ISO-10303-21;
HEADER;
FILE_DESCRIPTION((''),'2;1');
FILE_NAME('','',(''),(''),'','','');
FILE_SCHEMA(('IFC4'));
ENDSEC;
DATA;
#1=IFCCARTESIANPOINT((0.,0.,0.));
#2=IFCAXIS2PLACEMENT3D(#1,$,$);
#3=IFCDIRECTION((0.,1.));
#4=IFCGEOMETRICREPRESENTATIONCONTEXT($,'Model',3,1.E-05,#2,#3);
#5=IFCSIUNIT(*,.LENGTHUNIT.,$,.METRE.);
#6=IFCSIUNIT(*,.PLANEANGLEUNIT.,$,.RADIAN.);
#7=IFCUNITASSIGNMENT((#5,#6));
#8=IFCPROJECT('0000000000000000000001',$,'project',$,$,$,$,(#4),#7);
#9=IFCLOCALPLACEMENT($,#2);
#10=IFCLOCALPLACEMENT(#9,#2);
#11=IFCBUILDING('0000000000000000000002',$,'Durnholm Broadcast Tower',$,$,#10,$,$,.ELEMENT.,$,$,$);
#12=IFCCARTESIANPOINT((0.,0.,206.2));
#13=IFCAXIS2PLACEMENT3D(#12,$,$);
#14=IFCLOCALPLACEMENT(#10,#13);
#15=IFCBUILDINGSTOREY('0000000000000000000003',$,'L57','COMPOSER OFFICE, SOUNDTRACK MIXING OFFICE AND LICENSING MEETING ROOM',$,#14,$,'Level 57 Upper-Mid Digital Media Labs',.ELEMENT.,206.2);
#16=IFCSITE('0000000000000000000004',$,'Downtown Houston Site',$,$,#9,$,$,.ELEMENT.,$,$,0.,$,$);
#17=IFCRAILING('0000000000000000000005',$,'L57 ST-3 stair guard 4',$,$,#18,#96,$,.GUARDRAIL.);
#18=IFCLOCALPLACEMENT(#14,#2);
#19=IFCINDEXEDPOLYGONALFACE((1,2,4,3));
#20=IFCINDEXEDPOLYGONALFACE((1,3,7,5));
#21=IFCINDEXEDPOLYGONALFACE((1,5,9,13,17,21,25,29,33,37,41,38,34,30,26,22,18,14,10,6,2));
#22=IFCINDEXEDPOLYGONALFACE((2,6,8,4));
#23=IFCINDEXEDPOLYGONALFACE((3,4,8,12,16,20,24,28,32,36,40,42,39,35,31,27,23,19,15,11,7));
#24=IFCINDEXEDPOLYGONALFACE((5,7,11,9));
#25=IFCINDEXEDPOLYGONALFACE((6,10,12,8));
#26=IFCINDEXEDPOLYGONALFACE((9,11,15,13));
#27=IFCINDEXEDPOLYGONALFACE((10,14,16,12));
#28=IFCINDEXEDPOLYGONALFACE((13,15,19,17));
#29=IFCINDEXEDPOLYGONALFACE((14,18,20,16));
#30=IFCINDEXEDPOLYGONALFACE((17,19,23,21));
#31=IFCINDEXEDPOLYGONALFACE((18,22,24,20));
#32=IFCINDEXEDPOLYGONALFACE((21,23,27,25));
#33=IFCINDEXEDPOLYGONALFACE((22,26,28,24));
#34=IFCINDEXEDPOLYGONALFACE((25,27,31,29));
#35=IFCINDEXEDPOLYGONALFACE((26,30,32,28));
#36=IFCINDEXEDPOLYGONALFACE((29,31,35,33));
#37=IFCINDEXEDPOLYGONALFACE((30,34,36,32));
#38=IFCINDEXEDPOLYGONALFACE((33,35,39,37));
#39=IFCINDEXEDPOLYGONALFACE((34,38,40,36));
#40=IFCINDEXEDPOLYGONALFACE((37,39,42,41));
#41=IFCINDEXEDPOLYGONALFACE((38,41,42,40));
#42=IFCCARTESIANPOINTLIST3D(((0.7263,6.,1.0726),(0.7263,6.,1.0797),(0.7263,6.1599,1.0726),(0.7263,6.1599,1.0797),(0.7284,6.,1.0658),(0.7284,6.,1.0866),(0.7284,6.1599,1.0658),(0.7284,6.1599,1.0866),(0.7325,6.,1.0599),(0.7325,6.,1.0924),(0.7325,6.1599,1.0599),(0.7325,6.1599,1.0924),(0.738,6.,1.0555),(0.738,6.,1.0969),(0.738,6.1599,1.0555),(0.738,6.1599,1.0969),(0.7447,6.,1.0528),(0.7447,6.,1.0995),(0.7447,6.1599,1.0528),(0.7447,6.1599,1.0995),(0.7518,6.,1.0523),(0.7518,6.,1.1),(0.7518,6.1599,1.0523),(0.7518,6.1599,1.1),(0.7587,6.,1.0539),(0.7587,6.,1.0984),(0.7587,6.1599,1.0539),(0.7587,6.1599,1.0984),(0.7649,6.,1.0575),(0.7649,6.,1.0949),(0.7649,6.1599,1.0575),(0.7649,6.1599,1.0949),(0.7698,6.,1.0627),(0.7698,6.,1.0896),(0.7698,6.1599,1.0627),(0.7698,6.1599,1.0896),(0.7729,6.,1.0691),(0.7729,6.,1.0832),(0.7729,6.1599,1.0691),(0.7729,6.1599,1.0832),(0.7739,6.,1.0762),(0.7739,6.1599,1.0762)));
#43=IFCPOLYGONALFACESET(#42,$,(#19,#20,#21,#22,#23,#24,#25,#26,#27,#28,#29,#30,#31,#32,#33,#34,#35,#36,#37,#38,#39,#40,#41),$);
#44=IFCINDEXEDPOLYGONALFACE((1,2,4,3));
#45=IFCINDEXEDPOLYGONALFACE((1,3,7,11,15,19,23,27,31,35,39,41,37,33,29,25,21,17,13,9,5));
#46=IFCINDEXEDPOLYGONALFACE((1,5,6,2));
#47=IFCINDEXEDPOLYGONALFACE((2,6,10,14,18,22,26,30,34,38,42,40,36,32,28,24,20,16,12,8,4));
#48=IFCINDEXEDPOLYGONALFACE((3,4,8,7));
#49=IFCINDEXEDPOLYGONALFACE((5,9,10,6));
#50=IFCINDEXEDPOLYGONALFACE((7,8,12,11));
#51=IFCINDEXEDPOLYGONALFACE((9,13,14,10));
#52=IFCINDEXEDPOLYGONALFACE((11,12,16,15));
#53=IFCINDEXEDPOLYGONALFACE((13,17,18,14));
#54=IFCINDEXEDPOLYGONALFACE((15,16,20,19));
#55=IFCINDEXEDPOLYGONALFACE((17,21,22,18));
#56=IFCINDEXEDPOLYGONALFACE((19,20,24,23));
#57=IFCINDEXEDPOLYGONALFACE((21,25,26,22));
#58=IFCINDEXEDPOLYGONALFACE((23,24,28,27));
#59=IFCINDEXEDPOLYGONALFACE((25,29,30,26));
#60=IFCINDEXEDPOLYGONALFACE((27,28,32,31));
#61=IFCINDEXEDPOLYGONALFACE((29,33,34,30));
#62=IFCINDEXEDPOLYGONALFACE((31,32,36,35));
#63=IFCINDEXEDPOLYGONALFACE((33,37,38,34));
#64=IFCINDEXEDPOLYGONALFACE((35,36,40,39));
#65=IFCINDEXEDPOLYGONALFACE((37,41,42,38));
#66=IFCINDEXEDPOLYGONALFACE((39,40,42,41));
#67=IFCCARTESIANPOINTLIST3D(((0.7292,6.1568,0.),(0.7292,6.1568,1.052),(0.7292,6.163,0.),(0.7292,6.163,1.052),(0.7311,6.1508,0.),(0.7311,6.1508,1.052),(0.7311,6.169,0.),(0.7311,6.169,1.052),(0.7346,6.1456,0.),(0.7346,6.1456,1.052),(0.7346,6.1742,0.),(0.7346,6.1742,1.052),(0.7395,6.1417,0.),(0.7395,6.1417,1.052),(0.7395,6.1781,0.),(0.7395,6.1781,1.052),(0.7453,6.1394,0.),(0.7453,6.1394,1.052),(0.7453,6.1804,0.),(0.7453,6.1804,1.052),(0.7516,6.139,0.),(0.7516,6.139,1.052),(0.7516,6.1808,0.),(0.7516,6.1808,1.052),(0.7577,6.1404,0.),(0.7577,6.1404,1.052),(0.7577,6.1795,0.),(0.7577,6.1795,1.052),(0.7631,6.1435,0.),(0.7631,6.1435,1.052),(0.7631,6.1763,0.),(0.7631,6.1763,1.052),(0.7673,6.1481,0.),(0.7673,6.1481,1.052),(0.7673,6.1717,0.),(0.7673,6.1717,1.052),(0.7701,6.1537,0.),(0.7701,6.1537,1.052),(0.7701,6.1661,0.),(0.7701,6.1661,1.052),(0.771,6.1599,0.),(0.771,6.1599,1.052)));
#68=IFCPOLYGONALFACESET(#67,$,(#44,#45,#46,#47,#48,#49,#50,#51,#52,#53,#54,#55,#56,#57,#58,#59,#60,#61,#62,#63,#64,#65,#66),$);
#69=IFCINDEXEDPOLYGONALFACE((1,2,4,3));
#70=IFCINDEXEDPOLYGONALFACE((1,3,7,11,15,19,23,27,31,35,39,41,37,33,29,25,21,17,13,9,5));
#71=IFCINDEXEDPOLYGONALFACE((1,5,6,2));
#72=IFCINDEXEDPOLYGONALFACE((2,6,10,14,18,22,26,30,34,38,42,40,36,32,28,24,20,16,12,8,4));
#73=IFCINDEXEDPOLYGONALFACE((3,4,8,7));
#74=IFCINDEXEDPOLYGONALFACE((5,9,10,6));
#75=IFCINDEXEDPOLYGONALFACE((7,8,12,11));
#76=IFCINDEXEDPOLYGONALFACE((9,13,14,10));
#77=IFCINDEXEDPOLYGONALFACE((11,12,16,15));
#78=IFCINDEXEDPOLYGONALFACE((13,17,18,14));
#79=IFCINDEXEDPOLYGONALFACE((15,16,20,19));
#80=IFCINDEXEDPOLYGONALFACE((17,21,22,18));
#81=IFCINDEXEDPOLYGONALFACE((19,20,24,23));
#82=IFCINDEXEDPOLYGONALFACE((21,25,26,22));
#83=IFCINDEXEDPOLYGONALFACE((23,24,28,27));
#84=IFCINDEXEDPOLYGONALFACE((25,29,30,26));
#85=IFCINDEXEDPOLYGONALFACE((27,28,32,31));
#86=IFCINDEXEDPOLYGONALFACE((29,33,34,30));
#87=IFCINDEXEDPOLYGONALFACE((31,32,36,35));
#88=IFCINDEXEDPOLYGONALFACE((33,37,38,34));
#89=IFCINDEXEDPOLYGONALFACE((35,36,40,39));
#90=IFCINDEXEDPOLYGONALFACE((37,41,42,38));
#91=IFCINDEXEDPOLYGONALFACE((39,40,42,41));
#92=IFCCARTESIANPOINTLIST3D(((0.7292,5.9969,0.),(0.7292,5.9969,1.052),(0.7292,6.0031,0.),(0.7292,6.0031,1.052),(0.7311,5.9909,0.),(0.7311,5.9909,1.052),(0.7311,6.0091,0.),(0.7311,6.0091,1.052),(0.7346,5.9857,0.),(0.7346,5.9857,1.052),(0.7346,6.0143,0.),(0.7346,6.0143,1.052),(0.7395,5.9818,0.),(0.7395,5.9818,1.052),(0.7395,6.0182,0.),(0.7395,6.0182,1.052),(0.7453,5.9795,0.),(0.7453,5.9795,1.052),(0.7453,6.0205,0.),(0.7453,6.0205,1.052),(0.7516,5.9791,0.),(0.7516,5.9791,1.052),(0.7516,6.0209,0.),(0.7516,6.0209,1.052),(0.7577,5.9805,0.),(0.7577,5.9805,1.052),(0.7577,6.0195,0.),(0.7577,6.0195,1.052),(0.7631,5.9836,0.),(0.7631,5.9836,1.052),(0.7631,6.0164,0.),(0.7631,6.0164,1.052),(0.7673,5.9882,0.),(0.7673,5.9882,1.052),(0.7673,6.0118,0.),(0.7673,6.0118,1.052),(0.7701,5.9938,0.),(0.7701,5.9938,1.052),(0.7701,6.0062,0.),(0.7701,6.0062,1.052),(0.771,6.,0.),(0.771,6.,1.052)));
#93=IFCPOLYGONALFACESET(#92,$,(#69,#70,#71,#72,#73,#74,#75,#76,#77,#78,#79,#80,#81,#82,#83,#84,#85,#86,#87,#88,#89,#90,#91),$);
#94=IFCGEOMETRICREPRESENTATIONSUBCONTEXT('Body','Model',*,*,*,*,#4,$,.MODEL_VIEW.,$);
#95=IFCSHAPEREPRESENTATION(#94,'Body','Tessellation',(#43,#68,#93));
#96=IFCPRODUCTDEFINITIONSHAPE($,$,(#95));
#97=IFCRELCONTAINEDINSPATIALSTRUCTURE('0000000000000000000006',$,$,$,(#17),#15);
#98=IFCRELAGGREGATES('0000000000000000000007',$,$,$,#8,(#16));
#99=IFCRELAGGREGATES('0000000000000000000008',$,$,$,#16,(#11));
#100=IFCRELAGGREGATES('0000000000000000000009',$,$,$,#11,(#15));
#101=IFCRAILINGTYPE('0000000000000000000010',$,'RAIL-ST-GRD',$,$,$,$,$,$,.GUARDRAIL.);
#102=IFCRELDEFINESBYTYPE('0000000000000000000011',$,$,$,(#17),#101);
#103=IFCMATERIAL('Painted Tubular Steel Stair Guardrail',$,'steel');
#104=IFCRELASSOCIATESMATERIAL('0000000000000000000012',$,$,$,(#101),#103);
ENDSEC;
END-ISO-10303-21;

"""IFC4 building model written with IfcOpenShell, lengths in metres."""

from ifc_helpers import new_model, si_unit, direction, frame, origin, origin_2d, place, context, subcontext, project, spatial, circle, extrude, material, type_object, element, save


model = new_model("IFC4")

# Units and contexts
model_context = context("Model", 3, precision=1e-05, world=origin(), true_north=direction((0.0, 1.0)))
body_context = subcontext(model_context, "Body", "Model", "MODEL_VIEW")
ifc_project = project(units=[si_unit("LENGTHUNIT", "METRE"), si_unit("PLANEANGLEUNIT", "RADIAN")], contexts=[model_context])

# Site, building, storey
site_placement = place(None, origin())
site = spatial("IfcSite", under=ifc_project, at=site_placement, Name="Downtown Houston Site", CompositionType="ELEMENT", RefElevation=0.0)
building_placement = place(site_placement, origin())
building = spatial("IfcBuilding", under=site, at=building_placement, Name="Durnholm Broadcast Tower", CompositionType="ELEMENT")
storey_placement = place(building_placement, frame((0.0, 0.0, 206.2)))
storey = spatial("IfcBuildingStorey", under=building, at=storey_placement, Name="L57", Description="COMPOSER OFFICE, SOUNDTRACK MIXING OFFICE AND LICENSING MEETING ROOM", LongName="Level 57 Upper-Mid Digital Media Labs", CompositionType="ELEMENT", Elevation=206.2)

# Railing
ifc_material_1 = material(Name="Painted Tubular Steel Stair Guardrail", Category="steel")
railing_type_1 = type_object("IfcRailingType", Name="RAIL-ST-GRD", PredefinedType="GUARDRAIL", material=ifc_material_1)
railing_1_placement = place(storey_placement, frame((0.75, 6.1599, 0.0)))
element("IfcRailing", 1, at=railing_1_placement, inside=storey, type_object=railing_type_1, Name="L57 ST-3 stair guard 4", PredefinedType="GUARDRAIL", context=body_context, shape_type="SweptSolid", body=[
    extrude(circle(Radius=0.0239, at=origin_2d()), frame((0.0, 0.0, 1.0762), z_axis=(0.0, -1.0, 0.0), x_axis=(1.0, 0.0, 0.0)), (0.0, 0.0, 1.0), 0.1599),
    extrude(circle(Radius=0.021, at=origin_2d()), origin(), (0.0, 0.0, 1.0), 1.052),
    extrude(circle(Radius=0.021, at=origin_2d()), frame((0.0, -0.1599, 0.0)), (0.0, 0.0, 1.0), 1.052),
])

save(model, "model.ifc")
